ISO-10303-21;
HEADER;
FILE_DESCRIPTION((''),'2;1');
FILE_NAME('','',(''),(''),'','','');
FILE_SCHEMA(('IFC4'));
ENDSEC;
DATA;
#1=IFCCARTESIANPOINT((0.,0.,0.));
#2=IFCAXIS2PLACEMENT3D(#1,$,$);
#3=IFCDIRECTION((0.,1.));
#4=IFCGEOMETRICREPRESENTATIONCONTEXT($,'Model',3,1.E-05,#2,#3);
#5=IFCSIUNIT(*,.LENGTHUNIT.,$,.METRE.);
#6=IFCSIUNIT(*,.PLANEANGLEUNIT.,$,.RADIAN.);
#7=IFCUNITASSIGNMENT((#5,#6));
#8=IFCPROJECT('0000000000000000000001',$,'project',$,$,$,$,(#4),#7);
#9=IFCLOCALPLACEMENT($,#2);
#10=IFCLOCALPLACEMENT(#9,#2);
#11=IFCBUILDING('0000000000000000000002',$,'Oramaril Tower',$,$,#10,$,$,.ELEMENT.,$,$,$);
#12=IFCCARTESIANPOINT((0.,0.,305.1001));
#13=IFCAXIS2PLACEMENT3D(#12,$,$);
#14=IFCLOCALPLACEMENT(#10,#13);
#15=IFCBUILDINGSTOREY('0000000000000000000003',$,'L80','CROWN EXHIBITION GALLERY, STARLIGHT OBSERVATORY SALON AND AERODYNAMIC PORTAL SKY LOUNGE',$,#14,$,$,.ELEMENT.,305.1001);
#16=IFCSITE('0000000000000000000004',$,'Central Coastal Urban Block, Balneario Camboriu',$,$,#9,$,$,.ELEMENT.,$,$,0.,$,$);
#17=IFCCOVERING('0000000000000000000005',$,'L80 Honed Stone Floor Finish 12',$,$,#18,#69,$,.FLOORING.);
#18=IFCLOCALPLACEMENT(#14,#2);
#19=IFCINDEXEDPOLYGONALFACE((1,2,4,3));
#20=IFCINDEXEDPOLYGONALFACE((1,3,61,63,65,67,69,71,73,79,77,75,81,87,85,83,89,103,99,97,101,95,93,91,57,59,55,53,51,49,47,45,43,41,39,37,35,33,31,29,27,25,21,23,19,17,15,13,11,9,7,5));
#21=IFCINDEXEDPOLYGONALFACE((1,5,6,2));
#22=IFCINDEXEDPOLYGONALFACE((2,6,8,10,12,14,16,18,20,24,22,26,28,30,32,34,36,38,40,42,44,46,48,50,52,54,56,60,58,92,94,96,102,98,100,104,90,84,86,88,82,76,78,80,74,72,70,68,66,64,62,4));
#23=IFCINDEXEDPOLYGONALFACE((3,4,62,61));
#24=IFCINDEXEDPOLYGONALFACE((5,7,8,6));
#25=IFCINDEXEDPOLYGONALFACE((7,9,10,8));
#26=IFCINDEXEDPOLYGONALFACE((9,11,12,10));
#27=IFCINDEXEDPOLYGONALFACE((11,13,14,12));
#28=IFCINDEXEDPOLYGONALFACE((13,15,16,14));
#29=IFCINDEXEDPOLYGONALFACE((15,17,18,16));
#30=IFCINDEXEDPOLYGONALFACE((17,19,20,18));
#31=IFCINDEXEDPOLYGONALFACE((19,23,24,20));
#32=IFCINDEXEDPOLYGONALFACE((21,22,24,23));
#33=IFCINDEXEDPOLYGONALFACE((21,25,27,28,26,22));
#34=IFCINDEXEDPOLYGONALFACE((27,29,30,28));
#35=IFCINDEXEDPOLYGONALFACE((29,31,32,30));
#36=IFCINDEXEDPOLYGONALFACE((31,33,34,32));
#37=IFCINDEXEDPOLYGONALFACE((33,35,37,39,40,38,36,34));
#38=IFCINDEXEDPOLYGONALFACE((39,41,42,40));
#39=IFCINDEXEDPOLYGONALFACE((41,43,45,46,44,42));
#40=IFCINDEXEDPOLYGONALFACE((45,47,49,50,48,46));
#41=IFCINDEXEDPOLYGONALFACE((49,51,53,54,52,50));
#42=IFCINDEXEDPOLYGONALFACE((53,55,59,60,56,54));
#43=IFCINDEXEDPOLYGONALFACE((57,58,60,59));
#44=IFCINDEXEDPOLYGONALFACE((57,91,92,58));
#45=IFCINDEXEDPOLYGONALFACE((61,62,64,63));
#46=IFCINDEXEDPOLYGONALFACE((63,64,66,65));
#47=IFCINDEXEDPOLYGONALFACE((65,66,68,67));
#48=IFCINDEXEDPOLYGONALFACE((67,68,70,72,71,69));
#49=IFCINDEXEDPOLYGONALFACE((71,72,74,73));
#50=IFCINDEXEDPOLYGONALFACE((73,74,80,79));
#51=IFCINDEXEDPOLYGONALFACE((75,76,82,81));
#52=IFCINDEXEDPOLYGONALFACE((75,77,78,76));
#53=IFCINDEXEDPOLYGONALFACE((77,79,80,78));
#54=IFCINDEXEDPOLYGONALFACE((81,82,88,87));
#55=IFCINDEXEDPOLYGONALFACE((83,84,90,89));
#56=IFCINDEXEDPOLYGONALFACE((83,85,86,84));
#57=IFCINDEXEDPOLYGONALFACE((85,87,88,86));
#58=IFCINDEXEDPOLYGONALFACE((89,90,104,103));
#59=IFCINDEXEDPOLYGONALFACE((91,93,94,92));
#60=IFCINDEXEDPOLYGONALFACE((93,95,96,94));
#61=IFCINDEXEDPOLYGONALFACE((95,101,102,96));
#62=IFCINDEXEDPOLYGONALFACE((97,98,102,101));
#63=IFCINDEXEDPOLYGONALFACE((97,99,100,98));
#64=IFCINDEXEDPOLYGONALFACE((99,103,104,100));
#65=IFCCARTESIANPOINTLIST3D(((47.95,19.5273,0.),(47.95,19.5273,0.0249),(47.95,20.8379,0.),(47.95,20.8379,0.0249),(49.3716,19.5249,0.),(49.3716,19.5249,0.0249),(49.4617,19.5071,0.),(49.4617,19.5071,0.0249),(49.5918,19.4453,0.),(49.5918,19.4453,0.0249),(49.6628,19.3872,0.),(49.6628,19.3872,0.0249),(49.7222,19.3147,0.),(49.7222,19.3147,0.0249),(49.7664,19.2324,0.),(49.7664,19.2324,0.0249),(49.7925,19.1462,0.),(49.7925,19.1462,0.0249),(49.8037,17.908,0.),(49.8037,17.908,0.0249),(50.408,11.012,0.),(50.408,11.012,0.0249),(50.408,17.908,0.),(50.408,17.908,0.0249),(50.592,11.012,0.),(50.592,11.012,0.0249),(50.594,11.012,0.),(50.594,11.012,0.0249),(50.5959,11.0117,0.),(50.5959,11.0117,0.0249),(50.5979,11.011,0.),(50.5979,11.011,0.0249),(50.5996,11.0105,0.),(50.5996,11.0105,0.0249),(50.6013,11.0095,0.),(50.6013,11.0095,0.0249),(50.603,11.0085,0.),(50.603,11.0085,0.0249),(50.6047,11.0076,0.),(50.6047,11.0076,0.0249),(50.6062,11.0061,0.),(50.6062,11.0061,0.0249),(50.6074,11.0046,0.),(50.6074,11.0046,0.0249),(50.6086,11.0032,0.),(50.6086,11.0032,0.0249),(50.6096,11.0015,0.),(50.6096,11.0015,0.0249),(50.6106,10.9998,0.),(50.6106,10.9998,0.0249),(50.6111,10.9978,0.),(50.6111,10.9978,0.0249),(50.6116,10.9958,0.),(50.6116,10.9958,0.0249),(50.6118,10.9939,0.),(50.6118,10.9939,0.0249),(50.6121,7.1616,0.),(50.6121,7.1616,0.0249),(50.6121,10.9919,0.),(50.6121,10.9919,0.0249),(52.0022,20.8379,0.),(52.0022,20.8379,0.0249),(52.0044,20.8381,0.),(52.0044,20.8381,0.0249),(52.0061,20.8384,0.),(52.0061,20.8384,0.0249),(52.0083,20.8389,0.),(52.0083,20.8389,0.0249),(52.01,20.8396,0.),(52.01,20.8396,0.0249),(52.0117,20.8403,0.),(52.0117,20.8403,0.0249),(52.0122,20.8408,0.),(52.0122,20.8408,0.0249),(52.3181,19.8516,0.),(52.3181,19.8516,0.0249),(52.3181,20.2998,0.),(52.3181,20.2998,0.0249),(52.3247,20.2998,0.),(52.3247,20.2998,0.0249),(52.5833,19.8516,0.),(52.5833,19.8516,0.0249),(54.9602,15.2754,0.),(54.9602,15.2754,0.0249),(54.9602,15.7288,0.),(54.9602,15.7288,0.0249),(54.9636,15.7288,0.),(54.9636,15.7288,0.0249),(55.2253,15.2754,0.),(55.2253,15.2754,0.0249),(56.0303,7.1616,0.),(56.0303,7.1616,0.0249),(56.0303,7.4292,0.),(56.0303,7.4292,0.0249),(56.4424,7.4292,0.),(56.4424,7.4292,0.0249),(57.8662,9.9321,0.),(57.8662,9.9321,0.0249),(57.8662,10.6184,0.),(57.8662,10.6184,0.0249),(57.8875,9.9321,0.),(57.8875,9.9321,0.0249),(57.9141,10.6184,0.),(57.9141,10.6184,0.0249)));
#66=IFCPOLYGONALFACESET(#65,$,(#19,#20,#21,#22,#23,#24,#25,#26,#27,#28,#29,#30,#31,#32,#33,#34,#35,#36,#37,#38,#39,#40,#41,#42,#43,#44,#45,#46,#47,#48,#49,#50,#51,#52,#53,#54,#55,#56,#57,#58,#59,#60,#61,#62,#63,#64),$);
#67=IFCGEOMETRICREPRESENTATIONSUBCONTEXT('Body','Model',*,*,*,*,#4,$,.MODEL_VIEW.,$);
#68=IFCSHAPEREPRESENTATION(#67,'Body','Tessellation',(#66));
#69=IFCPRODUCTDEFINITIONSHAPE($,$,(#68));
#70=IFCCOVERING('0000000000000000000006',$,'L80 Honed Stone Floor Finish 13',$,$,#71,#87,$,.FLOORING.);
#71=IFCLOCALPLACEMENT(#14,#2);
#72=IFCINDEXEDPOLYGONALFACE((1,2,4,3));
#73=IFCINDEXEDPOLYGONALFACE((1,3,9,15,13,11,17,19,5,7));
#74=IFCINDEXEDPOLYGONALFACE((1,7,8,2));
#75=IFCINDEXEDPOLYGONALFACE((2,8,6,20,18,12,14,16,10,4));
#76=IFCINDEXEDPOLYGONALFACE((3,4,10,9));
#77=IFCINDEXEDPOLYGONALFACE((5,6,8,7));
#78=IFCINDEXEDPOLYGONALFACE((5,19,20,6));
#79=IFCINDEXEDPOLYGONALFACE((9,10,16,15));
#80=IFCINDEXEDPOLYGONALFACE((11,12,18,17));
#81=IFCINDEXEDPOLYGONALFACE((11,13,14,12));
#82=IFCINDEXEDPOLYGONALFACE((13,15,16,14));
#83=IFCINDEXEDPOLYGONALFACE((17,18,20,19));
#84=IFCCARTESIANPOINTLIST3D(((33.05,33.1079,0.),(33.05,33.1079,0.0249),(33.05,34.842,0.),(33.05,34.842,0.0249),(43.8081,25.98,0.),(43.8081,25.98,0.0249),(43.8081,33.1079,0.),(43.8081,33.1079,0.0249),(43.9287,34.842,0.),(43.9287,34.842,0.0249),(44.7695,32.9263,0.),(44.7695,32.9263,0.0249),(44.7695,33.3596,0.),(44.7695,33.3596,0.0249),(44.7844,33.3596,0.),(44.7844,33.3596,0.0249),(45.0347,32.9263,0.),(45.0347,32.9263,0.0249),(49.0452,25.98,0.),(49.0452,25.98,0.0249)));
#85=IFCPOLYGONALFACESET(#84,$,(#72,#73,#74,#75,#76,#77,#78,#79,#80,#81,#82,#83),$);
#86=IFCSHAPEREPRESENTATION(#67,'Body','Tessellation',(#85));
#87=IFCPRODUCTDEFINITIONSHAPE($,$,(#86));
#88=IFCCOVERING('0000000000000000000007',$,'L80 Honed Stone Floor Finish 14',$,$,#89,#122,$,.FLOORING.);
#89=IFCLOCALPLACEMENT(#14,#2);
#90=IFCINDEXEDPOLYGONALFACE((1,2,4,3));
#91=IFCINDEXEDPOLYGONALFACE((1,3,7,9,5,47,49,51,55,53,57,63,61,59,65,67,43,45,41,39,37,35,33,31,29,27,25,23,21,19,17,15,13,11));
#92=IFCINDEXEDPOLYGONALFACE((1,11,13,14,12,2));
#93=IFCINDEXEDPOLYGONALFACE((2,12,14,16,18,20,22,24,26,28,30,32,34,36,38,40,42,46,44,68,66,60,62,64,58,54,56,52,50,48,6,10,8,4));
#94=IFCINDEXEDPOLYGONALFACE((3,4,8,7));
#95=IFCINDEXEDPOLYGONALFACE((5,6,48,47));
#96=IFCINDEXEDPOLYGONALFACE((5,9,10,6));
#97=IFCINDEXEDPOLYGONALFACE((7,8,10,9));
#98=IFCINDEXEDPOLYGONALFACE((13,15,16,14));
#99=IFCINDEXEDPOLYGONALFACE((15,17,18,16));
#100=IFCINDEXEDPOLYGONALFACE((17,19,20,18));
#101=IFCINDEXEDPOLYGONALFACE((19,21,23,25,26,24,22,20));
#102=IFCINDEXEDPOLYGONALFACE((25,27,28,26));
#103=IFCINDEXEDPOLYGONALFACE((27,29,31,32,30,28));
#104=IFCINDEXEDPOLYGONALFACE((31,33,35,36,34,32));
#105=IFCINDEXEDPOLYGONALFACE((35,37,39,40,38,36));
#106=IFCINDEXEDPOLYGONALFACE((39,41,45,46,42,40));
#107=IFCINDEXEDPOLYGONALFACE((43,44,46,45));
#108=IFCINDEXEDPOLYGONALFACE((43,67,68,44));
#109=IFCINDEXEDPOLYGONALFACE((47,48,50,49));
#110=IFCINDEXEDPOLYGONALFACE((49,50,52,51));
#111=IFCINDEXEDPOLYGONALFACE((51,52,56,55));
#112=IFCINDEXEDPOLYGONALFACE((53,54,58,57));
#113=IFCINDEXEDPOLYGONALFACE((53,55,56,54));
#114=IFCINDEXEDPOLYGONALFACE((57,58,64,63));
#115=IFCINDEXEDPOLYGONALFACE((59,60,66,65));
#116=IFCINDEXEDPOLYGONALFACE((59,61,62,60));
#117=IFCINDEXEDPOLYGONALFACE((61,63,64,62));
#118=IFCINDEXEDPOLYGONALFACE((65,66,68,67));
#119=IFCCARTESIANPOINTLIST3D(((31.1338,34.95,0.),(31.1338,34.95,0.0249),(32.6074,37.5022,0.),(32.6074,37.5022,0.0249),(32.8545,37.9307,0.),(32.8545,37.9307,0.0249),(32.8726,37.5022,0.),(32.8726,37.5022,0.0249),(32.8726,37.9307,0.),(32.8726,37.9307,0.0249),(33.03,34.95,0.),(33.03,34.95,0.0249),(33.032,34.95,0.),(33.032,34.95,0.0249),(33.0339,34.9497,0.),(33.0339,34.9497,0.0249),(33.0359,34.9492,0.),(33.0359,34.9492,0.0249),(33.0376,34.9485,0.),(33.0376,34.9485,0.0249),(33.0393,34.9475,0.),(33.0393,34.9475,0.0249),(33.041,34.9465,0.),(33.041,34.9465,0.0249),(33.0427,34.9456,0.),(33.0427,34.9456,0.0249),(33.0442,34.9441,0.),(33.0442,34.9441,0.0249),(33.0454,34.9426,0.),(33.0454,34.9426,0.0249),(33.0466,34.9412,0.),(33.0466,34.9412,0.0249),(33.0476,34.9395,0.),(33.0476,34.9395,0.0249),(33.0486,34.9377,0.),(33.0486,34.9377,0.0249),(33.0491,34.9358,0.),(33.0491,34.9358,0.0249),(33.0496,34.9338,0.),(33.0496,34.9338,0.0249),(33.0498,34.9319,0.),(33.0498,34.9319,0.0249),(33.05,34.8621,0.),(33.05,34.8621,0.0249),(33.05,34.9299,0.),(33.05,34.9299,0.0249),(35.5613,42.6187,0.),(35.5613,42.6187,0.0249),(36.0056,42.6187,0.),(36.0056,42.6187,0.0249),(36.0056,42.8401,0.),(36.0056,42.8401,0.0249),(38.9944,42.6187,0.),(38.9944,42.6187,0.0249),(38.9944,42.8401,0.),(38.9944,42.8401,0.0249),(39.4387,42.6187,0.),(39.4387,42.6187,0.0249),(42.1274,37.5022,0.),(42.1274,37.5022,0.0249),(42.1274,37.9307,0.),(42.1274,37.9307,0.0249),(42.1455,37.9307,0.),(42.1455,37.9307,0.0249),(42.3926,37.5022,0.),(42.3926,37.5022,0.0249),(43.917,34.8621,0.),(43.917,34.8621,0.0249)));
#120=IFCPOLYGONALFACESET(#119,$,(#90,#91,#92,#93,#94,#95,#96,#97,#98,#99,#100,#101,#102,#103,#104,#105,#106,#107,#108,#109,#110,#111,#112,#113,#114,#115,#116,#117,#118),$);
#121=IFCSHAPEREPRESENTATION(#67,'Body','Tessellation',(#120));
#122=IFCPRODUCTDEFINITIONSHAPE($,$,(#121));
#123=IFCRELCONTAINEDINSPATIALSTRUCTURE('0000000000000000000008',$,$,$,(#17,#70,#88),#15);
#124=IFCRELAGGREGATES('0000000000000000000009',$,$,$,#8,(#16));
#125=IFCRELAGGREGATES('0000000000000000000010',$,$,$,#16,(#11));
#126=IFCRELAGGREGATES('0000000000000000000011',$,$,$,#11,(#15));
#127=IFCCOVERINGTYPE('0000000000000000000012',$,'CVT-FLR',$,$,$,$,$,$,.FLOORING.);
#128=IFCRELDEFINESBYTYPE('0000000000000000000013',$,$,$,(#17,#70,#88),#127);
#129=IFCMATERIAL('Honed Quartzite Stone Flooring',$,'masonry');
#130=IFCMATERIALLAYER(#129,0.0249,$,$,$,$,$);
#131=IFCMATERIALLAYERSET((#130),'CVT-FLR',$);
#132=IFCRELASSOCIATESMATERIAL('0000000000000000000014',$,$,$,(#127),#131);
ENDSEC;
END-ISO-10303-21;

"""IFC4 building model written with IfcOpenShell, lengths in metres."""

from ifc_helpers import new_model, si_unit, direction, frame, origin, place, context, subcontext, project, spatial, polyline, outline, extrude, material, layer, layer_set, type_object, element, save


model = new_model("IFC4")

# Units and contexts
model_context = context("Model", 3, precision=1e-05, world=origin(), true_north=direction((0.0, 1.0)))
body_context = subcontext(model_context, "Body", "Model", "MODEL_VIEW")
ifc_project = project(units=[si_unit("LENGTHUNIT", "METRE"), si_unit("PLANEANGLEUNIT", "RADIAN")], contexts=[model_context])

# Site, building, storey
site_placement = place(None, origin())
site = spatial("IfcSite", under=ifc_project, at=site_placement, Name="Central Coastal Urban Block, Balneario Camboriu", CompositionType="ELEMENT", RefElevation=0.0)
building_placement = place(site_placement, origin())
building = spatial("IfcBuilding", under=site, at=building_placement, Name="Oramaril Tower", CompositionType="ELEMENT")
storey_placement = place(building_placement, frame((0.0, 0.0, 305.1001)))
storey = spatial("IfcBuildingStorey", under=building, at=storey_placement, Name="L80", Description="CROWN EXHIBITION GALLERY, STARLIGHT OBSERVATORY SALON AND AERODYNAMIC PORTAL SKY LOUNGE", CompositionType="ELEMENT", Elevation=305.1001)

# Coverings
ifc_material_1 = material(Name="Honed Quartzite Stone Flooring", Category="masonry")
ifc_layer_1 = layer(ifc_material_1, 0.0249)
ifc_layer_set_1 = layer_set([ifc_layer_1], Name="CVT-FLR")
covering_type_1 = type_object("IfcCoveringType", Name="CVT-FLR", PredefinedType="FLOORING", material=ifc_layer_set_1)
covering_1_placement = place(storey_placement, origin())
element("IfcCovering", 1, at=covering_1_placement, inside=storey, type_object=covering_type_1, Name="L80 Honed Stone Floor Finish 12", PredefinedType="FLOORING", context=body_context, shape_type="SweptSolid", body=[
    extrude(outline(polyline([(52.3247, 20.2998), (52.3181, 20.2998), (52.3181, 19.8516), (52.5833, 19.8516), (54.9636, 15.7288), (54.9602, 15.7288), (54.9602, 15.2754), (55.2253, 15.2754), (57.9141, 10.6184), (57.8662, 10.6184), (57.8662, 9.9321), (57.8875, 9.9321), (56.4424, 7.4292), (56.0303, 7.4292), (56.0303, 7.1616), (50.6121, 7.1616), (50.6121, 10.9919), (50.6118, 10.9939), (50.6116, 10.9958), (50.6111, 10.9978), (50.6106, 10.9998), (50.6096, 11.0015), (50.6086, 11.0032), (50.6074, 11.0046), (50.6062, 11.0061), (50.6047, 11.0076), (50.603, 11.0085), (50.6013, 11.0095), (50.5996, 11.0105), (50.5979, 11.011), (50.5959, 11.0117), (50.594, 11.012), (50.592, 11.012), (50.408, 11.012), (50.408, 17.908), (49.8037, 17.908), (49.7925, 19.1462), (49.7664, 19.2324), (49.7222, 19.3147), (49.6628, 19.3872), (49.5918, 19.4453), (49.4617, 19.5071), (49.3716, 19.5249), (47.95, 19.5273), (47.95, 20.8379), (52.0022, 20.8379), (52.0044, 20.8381), (52.0061, 20.8384), (52.0083, 20.8389), (52.01, 20.8396), (52.0117, 20.8403), (52.0122, 20.8408), (52.3247, 20.2998)])), origin(), (0.0, 0.0, 1.0), 0.0249),
])
covering_2_placement = place(storey_placement, origin())
element("IfcCovering", 2, at=covering_2_placement, inside=storey, type_object=covering_type_1, Name="L80 Honed Stone Floor Finish 13", PredefinedType="FLOORING", context=body_context, shape_type="SweptSolid", body=[
    extrude(outline(polyline([(43.9287, 34.842), (44.7844, 33.3596), (44.7695, 33.3596), (44.7695, 32.9263), (45.0347, 32.9263), (49.0452, 25.98), (43.8081, 25.98), (43.8081, 33.1079), (33.05, 33.1079), (33.05, 34.842), (43.9287, 34.842)])), origin(), (0.0, 0.0, 1.0), 0.0249),
])
covering_3_placement = place(storey_placement, origin())
element("IfcCovering", 3, at=covering_3_placement, inside=storey, type_object=covering_type_1, Name="L80 Honed Stone Floor Finish 14", PredefinedType="FLOORING", context=body_context, shape_type="SweptSolid", body=[
    extrude(outline(polyline([(32.8726, 37.5022), (32.8726, 37.9307), (32.8545, 37.9307), (35.5613, 42.6187), (36.0056, 42.6187), (36.0056, 42.8401), (38.9944, 42.8401), (38.9944, 42.6187), (39.4387, 42.6187), (42.1455, 37.9307), (42.1274, 37.9307), (42.1274, 37.5022), (42.3926, 37.5022), (43.917, 34.8621), (33.05, 34.8621), (33.05, 34.9299), (33.0498, 34.9319), (33.0496, 34.9338), (33.0491, 34.9358), (33.0486, 34.9377), (33.0476, 34.9395), (33.0466, 34.9412), (33.0454, 34.9426), (33.0442, 34.9441), (33.0427, 34.9456), (33.041, 34.9465), (33.0393, 34.9475), (33.0376, 34.9485), (33.0359, 34.9492), (33.0339, 34.9497), (33.032, 34.95), (33.03, 34.95), (31.1338, 34.95), (32.6074, 37.5022), (32.8726, 37.5022)])), origin(), (0.0, 0.0, 1.0), 0.0249),
])

save(model, "model.ifc")
